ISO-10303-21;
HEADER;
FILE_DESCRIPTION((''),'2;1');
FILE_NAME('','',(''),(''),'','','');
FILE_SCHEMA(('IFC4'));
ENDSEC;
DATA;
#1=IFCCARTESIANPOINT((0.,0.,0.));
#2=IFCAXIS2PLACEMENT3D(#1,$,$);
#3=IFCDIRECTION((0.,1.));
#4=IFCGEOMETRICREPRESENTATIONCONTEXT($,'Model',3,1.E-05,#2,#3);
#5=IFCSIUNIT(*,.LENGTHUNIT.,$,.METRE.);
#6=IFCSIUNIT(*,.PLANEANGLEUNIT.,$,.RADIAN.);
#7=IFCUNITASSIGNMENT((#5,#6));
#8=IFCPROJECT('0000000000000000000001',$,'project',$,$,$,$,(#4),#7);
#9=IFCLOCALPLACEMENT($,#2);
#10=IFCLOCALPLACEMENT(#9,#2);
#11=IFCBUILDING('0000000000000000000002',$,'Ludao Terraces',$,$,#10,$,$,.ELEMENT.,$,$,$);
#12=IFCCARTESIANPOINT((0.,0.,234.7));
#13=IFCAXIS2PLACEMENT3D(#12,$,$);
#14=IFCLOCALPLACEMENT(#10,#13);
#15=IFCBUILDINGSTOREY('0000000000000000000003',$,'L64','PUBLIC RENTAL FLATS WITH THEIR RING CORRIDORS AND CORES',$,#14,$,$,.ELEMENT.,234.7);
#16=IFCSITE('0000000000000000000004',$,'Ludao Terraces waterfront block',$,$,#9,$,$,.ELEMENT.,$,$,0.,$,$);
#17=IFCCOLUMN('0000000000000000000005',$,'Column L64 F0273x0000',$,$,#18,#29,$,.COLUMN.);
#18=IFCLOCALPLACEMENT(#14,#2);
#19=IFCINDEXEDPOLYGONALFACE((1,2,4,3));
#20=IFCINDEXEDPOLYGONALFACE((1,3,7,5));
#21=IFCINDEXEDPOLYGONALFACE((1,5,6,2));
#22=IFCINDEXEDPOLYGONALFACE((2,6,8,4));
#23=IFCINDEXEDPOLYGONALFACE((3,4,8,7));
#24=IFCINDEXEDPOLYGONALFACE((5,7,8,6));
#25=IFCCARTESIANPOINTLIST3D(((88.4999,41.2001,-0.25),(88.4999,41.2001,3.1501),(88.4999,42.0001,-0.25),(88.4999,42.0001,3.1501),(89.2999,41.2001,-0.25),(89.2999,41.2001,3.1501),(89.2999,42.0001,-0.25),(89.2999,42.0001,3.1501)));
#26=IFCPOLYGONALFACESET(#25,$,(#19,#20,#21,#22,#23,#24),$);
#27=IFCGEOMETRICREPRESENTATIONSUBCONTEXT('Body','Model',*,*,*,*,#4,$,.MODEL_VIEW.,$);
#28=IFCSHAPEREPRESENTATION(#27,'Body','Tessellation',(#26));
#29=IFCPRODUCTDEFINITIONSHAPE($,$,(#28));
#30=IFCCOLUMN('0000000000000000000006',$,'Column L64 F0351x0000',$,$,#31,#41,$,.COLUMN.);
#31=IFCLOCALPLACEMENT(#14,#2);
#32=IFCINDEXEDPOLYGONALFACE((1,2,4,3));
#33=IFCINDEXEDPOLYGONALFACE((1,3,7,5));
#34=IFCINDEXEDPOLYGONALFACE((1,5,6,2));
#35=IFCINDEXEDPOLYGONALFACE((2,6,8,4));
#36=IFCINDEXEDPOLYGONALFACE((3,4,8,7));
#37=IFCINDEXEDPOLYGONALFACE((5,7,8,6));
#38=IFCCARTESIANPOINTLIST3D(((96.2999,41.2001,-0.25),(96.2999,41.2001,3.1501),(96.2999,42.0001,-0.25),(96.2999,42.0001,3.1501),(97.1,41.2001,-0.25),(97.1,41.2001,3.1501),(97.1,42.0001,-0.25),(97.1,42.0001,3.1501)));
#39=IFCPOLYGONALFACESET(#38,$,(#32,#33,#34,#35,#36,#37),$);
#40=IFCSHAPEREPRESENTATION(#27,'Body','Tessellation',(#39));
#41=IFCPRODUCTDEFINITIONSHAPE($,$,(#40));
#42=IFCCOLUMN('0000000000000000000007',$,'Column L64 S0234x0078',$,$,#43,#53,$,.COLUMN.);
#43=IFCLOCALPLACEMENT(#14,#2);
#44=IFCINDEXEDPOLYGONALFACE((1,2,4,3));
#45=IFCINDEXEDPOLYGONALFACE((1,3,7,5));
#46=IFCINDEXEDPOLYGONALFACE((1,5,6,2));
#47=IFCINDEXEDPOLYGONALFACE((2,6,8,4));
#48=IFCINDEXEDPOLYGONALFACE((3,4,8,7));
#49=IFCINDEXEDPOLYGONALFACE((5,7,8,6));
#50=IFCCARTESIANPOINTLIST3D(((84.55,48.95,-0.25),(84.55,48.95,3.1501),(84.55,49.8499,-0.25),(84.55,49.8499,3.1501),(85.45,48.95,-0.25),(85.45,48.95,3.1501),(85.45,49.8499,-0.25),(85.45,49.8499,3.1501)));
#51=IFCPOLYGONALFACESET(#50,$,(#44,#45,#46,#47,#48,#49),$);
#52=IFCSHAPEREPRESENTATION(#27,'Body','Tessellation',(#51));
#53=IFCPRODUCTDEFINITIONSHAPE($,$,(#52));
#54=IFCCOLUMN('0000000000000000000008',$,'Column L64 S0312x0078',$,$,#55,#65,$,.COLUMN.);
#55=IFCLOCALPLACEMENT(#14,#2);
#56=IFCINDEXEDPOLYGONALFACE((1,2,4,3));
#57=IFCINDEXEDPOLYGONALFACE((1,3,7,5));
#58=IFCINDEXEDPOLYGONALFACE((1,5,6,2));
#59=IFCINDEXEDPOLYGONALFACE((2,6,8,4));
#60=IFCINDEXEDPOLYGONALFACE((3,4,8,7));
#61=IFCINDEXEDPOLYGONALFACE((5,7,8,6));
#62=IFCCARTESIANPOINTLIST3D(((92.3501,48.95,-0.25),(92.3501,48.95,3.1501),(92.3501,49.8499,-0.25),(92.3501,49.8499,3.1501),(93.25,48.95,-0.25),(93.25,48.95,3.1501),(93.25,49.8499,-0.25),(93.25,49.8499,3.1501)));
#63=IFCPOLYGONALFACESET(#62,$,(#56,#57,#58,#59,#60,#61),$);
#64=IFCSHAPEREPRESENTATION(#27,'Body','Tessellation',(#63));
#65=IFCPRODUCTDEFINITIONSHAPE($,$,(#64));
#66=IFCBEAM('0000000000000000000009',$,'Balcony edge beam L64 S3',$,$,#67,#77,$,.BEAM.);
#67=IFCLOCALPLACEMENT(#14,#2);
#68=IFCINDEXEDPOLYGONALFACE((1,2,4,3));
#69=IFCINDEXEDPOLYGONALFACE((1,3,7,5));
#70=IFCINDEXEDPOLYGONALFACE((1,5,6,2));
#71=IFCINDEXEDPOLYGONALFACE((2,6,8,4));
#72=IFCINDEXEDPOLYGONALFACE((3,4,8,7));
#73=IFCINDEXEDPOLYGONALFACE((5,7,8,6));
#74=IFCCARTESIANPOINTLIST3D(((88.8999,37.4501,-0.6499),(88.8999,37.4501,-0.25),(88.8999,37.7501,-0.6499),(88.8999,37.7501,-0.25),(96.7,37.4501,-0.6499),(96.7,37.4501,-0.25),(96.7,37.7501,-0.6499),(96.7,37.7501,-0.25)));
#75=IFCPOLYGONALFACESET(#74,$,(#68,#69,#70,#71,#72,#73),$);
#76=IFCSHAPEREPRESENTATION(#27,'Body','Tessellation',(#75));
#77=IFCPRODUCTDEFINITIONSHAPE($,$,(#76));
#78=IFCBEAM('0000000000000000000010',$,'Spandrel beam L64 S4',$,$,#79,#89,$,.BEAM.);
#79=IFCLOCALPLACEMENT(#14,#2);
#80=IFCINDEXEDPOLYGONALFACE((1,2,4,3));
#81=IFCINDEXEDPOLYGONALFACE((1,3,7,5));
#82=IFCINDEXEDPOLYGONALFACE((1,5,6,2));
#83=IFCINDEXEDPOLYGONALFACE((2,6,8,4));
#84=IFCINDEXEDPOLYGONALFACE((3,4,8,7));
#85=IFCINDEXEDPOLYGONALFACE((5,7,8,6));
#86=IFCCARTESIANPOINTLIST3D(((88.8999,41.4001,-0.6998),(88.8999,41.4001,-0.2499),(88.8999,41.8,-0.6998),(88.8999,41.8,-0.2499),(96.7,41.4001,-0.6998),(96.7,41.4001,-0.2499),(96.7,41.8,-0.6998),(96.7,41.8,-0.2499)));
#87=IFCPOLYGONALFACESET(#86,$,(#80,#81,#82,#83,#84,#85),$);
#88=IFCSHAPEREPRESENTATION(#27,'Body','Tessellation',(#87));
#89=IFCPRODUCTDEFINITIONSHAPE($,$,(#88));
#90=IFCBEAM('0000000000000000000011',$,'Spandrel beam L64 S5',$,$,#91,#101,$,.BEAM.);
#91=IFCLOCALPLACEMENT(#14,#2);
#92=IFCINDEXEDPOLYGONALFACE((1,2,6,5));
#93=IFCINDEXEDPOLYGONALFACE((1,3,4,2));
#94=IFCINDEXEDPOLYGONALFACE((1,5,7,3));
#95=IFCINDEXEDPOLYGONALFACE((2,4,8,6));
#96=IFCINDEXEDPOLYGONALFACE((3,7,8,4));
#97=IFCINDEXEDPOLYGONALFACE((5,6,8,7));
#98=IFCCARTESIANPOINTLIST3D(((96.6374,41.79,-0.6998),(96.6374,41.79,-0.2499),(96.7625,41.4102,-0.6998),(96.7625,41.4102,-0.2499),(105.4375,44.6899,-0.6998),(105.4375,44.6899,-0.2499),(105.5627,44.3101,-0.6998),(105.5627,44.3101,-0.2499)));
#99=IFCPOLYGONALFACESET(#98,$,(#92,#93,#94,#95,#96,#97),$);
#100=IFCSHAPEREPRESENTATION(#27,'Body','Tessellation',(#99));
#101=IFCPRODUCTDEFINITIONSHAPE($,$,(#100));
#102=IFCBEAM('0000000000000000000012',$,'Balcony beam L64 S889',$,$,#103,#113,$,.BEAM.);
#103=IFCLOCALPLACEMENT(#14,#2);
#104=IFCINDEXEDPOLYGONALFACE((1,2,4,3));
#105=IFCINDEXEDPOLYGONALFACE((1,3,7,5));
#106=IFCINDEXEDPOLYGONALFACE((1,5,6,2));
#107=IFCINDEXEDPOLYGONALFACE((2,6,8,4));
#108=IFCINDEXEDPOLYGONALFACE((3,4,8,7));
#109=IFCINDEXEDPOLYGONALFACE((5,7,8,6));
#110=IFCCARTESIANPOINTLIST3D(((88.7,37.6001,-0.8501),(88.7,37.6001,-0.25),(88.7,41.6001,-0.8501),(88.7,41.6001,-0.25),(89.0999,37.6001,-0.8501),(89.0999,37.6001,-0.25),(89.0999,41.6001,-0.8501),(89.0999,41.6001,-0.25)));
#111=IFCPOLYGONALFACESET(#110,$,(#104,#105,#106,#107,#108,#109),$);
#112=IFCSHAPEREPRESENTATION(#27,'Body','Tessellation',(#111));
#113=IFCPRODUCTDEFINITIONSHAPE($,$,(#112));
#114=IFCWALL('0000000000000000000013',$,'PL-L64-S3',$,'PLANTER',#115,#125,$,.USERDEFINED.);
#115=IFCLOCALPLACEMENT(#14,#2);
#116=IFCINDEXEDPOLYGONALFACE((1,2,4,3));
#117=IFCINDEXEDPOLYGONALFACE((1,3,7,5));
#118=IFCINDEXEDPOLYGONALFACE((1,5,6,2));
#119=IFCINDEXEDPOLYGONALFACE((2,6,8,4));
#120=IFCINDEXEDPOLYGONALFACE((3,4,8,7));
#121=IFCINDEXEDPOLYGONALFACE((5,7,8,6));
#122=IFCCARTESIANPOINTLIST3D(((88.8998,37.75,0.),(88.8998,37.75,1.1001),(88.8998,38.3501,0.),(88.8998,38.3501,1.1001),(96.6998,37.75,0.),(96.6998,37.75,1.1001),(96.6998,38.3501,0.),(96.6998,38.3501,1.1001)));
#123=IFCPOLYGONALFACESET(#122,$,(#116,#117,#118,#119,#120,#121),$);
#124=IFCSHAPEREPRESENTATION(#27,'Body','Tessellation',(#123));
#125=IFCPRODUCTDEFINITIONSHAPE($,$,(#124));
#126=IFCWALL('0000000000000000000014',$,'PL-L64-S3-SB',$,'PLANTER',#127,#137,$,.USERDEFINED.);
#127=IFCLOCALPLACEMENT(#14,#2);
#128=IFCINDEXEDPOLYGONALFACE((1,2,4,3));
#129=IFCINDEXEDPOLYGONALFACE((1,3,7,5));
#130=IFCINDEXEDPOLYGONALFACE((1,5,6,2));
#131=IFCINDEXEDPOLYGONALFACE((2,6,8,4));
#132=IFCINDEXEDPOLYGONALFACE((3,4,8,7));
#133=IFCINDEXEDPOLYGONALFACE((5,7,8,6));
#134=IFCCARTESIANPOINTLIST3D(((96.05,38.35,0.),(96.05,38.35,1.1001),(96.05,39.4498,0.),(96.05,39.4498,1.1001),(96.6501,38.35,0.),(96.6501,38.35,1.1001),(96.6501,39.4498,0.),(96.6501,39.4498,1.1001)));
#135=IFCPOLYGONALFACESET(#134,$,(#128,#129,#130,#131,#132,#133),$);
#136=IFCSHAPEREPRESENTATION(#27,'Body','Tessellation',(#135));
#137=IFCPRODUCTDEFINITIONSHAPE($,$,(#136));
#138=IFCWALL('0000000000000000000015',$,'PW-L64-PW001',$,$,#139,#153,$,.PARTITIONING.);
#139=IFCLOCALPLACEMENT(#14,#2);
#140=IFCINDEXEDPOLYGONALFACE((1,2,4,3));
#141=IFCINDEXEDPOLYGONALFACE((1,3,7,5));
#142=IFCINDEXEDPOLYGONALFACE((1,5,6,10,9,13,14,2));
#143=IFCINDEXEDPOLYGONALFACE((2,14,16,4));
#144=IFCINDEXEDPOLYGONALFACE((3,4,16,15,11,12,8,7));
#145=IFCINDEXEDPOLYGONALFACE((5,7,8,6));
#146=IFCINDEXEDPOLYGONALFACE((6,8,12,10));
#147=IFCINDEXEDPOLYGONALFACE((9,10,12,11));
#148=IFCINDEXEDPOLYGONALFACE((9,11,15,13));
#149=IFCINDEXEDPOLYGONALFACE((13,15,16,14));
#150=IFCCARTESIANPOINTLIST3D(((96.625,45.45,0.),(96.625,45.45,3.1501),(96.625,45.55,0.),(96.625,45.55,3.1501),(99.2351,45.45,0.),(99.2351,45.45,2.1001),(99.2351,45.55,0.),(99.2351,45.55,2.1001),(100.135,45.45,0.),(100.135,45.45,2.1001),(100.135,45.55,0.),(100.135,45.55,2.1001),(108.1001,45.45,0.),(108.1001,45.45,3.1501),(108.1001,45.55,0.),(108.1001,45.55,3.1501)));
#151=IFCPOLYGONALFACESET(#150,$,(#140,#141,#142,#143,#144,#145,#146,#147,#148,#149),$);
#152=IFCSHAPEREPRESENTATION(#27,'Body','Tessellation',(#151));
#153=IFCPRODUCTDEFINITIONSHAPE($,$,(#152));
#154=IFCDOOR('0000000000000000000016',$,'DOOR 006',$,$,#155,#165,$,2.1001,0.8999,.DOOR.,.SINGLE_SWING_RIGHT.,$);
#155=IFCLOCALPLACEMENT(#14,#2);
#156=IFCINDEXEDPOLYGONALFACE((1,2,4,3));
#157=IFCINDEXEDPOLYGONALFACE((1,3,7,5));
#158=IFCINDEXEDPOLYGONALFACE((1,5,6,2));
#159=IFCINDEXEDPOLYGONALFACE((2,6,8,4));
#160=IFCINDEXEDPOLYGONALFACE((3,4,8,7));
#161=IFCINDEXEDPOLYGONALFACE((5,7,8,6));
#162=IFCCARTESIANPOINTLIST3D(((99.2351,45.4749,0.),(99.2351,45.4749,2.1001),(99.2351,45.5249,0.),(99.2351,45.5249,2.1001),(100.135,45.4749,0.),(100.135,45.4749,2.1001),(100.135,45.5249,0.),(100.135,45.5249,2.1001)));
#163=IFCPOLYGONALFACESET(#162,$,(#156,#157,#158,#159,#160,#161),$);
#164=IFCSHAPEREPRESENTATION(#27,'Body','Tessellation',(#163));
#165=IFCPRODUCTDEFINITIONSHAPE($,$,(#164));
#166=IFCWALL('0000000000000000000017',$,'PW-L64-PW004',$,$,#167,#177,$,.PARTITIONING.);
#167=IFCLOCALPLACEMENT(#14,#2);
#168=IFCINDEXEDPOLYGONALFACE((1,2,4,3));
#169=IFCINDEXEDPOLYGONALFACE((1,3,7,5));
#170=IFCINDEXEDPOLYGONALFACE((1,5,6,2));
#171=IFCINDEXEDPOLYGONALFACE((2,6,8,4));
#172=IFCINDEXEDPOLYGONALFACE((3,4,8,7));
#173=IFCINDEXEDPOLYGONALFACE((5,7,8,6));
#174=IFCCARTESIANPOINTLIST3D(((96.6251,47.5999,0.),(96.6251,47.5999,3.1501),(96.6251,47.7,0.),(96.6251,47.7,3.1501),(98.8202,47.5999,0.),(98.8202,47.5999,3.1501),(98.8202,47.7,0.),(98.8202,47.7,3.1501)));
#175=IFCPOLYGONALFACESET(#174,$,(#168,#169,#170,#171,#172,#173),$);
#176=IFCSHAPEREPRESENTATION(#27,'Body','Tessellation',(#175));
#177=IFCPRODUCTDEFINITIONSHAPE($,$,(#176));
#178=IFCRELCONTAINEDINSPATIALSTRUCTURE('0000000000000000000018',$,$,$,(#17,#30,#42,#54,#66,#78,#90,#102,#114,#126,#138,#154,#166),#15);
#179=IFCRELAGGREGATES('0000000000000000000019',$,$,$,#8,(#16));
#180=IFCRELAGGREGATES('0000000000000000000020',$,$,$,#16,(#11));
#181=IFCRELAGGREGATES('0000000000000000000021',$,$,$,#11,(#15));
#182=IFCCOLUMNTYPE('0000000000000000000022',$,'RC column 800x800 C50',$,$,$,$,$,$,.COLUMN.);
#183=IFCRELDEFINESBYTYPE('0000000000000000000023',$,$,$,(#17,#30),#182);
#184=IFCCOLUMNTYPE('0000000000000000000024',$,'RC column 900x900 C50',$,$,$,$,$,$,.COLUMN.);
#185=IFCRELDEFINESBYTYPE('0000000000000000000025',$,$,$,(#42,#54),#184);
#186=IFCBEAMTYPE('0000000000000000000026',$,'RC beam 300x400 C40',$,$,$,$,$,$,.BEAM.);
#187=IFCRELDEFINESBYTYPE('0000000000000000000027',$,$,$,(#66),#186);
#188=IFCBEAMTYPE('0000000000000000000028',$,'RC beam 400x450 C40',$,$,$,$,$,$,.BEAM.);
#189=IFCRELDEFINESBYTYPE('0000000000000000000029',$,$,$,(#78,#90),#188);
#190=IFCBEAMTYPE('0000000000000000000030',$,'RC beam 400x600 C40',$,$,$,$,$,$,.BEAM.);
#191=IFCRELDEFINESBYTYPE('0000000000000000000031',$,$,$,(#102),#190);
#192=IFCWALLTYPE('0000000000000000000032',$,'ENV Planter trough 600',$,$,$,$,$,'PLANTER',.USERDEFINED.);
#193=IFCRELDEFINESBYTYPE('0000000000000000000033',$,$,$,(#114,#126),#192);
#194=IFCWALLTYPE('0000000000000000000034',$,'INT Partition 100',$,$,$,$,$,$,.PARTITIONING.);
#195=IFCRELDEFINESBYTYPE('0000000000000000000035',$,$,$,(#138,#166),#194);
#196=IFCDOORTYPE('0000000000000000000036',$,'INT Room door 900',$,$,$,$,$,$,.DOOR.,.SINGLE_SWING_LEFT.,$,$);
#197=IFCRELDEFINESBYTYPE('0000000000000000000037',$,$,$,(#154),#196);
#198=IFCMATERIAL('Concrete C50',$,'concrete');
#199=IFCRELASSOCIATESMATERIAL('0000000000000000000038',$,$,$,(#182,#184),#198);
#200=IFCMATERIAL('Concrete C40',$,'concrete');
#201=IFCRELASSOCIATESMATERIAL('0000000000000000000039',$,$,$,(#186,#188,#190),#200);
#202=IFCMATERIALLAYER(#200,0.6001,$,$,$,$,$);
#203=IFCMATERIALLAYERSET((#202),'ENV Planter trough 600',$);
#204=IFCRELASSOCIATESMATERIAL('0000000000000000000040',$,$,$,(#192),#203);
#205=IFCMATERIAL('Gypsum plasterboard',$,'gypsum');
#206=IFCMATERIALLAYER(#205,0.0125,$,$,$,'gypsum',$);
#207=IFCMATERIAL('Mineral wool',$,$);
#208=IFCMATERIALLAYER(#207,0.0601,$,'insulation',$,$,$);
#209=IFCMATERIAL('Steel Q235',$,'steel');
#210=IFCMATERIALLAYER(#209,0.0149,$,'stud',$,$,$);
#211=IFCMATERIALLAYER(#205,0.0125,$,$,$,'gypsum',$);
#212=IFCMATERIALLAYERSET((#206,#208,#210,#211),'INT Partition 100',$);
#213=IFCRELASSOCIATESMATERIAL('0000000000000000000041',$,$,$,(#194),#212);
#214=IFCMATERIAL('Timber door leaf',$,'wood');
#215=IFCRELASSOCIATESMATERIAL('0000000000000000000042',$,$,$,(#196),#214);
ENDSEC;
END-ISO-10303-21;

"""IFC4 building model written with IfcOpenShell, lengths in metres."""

from ifc_helpers import new_model, si_unit, direction, frame, frame_2d, origin, origin_2d, place, context, subcontext, project, spatial, rectangle, extrude, material, layer, layer_set, material_profile, profile_set, type_object, element, fill, save


model = new_model("IFC4")

# Units and contexts
model_context = context("Model", 3, precision=1e-05, world=origin(), true_north=direction((0.0, 1.0)))
body_context = subcontext(model_context, "Body", "Model", "MODEL_VIEW")
ifc_project = project(units=[si_unit("LENGTHUNIT", "METRE"), si_unit("PLANEANGLEUNIT", "RADIAN")], contexts=[model_context])

# Site, building, storey
site_placement = place(None, origin())
site = spatial("IfcSite", under=ifc_project, at=site_placement, Name="Ludao Terraces waterfront block", CompositionType="ELEMENT", RefElevation=0.0)
building_placement = place(site_placement, origin())
building = spatial("IfcBuilding", under=site, at=building_placement, Name="Ludao Terraces", CompositionType="ELEMENT")
storey_placement = place(building_placement, frame((0.0, 0.0, 234.7)))
storey = spatial("IfcBuildingStorey", under=building, at=storey_placement, Name="L64", Description="PUBLIC RENTAL FLATS WITH THEIR RING CORRIDORS AND CORES", CompositionType="ELEMENT", Elevation=234.7)

# Columns
ifc_material_1 = material(Name="Concrete C50", Category="concrete")
ifc_material_profile_1 = material_profile(ifc_material_1, rectangle(XDim=0.8, YDim=0.8, at=origin_2d()), Name="800 X 800")
ifc_profile_set_1 = profile_set([ifc_material_profile_1], Name="Concrete C50")
column_type_1 = type_object("IfcColumnType", Name="RC column 800x800 C50", PredefinedType="COLUMN", material=ifc_profile_set_1)
for number, where, z_axis, x_axis, name in (
    (1, (88.8999, 41.6001, -0.25), (0.0, 0.0, 1.0), (1.0, 0.0, 0.0), "Column L64 F0273x0000"),
    (2, (96.7, 41.6001, -0.25), (0.0, 0.0, 1.0), (1.0, 0.0, 0.0), "Column L64 F0351x0000"),
):
    element("IfcColumn", number, at=place(storey_placement, frame(where, z_axis=z_axis, x_axis=x_axis)), inside=storey, type_object=column_type_1, Name=name, PredefinedType="COLUMN", context=body_context, shape_type="SweptSolid", body=[
        extrude(rectangle(XDim=0.8, YDim=0.8, at=origin_2d()), origin(), (0.0, 0.0, 1.0), 3.4001),
    ])
ifc_material_profile_2 = material_profile(ifc_material_1, rectangle(XDim=0.8999, YDim=0.8999, at=origin_2d()), Name="900 X 900")
ifc_profile_set_2 = profile_set([ifc_material_profile_2], Name="Concrete C50")
column_type_2 = type_object("IfcColumnType", Name="RC column 900x900 C50", PredefinedType="COLUMN", material=ifc_profile_set_2)
for number, where, z_axis, x_axis, name in (
    (3, (85.0, 49.3999, -0.25), (0.0, 0.0, 1.0), (1.0, 0.0, 0.0), "Column L64 S0234x0078"),
    (4, (92.8, 49.3999, -0.25), (0.0, 0.0, 1.0), (1.0, 0.0, 0.0), "Column L64 S0312x0078"),
):
    element("IfcColumn", number, at=place(storey_placement, frame(where, z_axis=z_axis, x_axis=x_axis)), inside=storey, type_object=column_type_2, Name=name, PredefinedType="COLUMN", context=body_context, shape_type="SweptSolid", body=[
        extrude(rectangle(XDim=0.8999, YDim=0.8999, at=origin_2d()), origin(), (0.0, 0.0, 1.0), 3.4001),
    ])

# Beams
ifc_material_2 = material(Name="Concrete C40", Category="concrete")
ifc_material_profile_3 = material_profile(ifc_material_2, rectangle(XDim=0.3, YDim=0.3999, at=origin_2d()), Name="300 X 400")
ifc_profile_set_3 = profile_set([ifc_material_profile_3], Name="Concrete C40")
beam_type_1 = type_object("IfcBeamType", Name="RC beam 300x400 C40", PredefinedType="BEAM", material=ifc_profile_set_3)
beam_1_placement = place(storey_placement, frame((88.8999, 37.6001, -0.45), z_axis=(1.0, 0.0, 0.0), x_axis=(0.0, 1.0, 0.0)))
element("IfcBeam", 5, at=beam_1_placement, inside=storey, type_object=beam_type_1, Name="Balcony edge beam L64 S3", PredefinedType="BEAM", context=body_context, shape_type="SweptSolid", body=[
    extrude(rectangle(XDim=0.3, YDim=0.3999, at=origin_2d()), origin(), (0.0, 0.0, 1.0), 7.8),
])
ifc_material_profile_4 = material_profile(ifc_material_2, rectangle(XDim=0.3999, YDim=0.45, at=origin_2d()), Name="400 X 450")
ifc_profile_set_4 = profile_set([ifc_material_profile_4], Name="Concrete C40")
beam_type_2 = type_object("IfcBeamType", Name="RC beam 400x450 C40", PredefinedType="BEAM", material=ifc_profile_set_4)
beam_2_placement = place(storey_placement, frame((88.8999, 41.6001, -0.4749), z_axis=(1.0, 0.0, 0.0), x_axis=(0.0, 1.0, 0.0)))
element("IfcBeam", 6, at=beam_2_placement, inside=storey, type_object=beam_type_2, Name="Spandrel beam L64 S4", PredefinedType="BEAM", context=body_context, shape_type="SweptSolid", body=[
    extrude(rectangle(XDim=0.3999, YDim=0.45, at=origin_2d()), origin(), (0.0, 0.0, 1.0), 7.8),
])
beam_3_placement = place(storey_placement, frame((96.7, 41.6001, -0.4749), z_axis=(0.949761, 0.312977, 0.0), x_axis=(-0.312977, 0.949761, 0.0)))
element("IfcBeam", 7, at=beam_3_placement, inside=storey, type_object=beam_type_2, Name="Spandrel beam L64 S5", PredefinedType="BEAM", context=body_context, shape_type="SweptSolid", body=[
    extrude(rectangle(XDim=0.3999, YDim=0.45, at=origin_2d()), origin(), (0.0, 0.0, 1.0), 9.2656),
])
ifc_material_profile_5 = material_profile(ifc_material_2, rectangle(XDim=0.3999, YDim=0.6001, at=origin_2d()), Name="400 X 600")
ifc_profile_set_5 = profile_set([ifc_material_profile_5], Name="Concrete C40")
beam_type_3 = type_object("IfcBeamType", Name="RC beam 400x600 C40", PredefinedType="BEAM", material=ifc_profile_set_5)
beam_4_placement = place(storey_placement, frame((88.8999, 41.6001, -0.55), z_axis=(0.0, -1.0, 0.0), x_axis=(1.0, 0.0, 0.0)))
element("IfcBeam", 8, at=beam_4_placement, inside=storey, type_object=beam_type_3, Name="Balcony beam L64 S889", PredefinedType="BEAM", context=body_context, shape_type="SweptSolid", body=[
    extrude(rectangle(XDim=0.3999, YDim=0.6001, at=origin_2d()), origin(), (0.0, 0.0, 1.0), 4.0),
])

# Walls
ifc_layer_1 = layer(ifc_material_2, 0.6001)
ifc_layer_set_1 = layer_set([ifc_layer_1], Name="ENV Planter trough 600")
wall_type_1 = type_object("IfcWallType", Name="ENV Planter trough 600", ElementType="PLANTER", PredefinedType="USERDEFINED", material=ifc_layer_set_1)
wall_1_placement = place(storey_placement, frame((88.8999, 38.05, 0.0), z_axis=(0.0, 0.0, 1.0), x_axis=(1.0, 0.0, 0.0)))
element("IfcWall", 9, at=wall_1_placement, inside=storey, type_object=wall_type_1, Name="PL-L64-S3", ObjectType="PLANTER", PredefinedType="USERDEFINED", context=body_context, shape_type="SweptSolid", body=[
    extrude(rectangle(XDim=7.8, YDim=0.6001, at=frame_2d((3.8999, 0.0))), origin(), (0.0, 0.0, 1.0), 1.1001),
])
wall_2_placement = place(storey_placement, frame((96.3501, 38.3501, 0.0), z_axis=(0.0, 0.0, 1.0), x_axis=(0.0, 1.0, 0.0)))
element("IfcWall", 10, at=wall_2_placement, inside=storey, type_object=wall_type_1, Name="PL-L64-S3-SB", ObjectType="PLANTER", PredefinedType="USERDEFINED", context=body_context, shape_type="SweptSolid", body=[
    extrude(rectangle(XDim=1.0999, YDim=0.6001, at=frame_2d((0.5498, 0.0))), origin(), (0.0, 0.0, 1.0), 1.1001),
])

# Shared definitions
ifc_material_3 = material(Name="Mineral wool")

# Wall, opening, door
ifc_material_4 = material(Name="Gypsum plasterboard", Category="gypsum")
ifc_layer_2 = layer(ifc_material_4, 0.0125, Category="gypsum")
ifc_layer_3 = layer(ifc_material_3, 0.0601, Name="insulation")
ifc_material_5 = material(Name="Steel Q235", Category="steel")
ifc_layer_4 = layer(ifc_material_5, 0.0149, Name="stud")
ifc_layer_5 = layer(ifc_material_4, 0.0125, Category="gypsum")
ifc_layer_set_2 = layer_set([ifc_layer_2, ifc_layer_3, ifc_layer_4, ifc_layer_5], Name="INT Partition 100")
wall_type_2 = type_object("IfcWallType", Name="INT Partition 100", PredefinedType="PARTITIONING", material=ifc_layer_set_2)
wall_3_placement = place(storey_placement, frame((96.625, 45.5, 0.0), z_axis=(0.0, 0.0, 1.0), x_axis=(1.0, 0.0, 0.0)))
wall_3 = element("IfcWall", 11, at=wall_3_placement, inside=storey, type_object=wall_type_2, Name="PW-L64-PW001", PredefinedType="PARTITIONING", context=body_context, shape_type="SweptSolid", body=[
    extrude(rectangle(XDim=11.4751, YDim=0.1001, at=frame_2d((5.7375, 0.0))), origin(), (0.0, 0.0, 1.0), 3.1501),
])
opening_1_placement = place(wall_3_placement, frame((2.6101, 0.0, 0.0)))
opening_1 = element("IfcOpeningElement", 12, at=opening_1_placement, cuts=wall_3, PredefinedType="OPENING", context=body_context, shape_type="SweptSolid", body=[
    extrude(rectangle(XDim=0.8999, YDim=2.1001, at=frame_2d((0.45, 1.05))), frame((0.0, 0.0601, 0.0), z_axis=(0.0, -1.0, 0.0), x_axis=(1.0, 0.0, 0.0)), (0.0, 0.0, 1.0), 0.1201),
])
ifc_material_6 = material(Name="Timber door leaf", Category="wood")
door_type_1 = type_object("IfcDoorType", Name="INT Room door 900", OperationType="SINGLE_SWING_LEFT", PredefinedType="DOOR", material=ifc_material_6)
door_1_placement = place(opening_1_placement, origin())
door_1 = element("IfcDoor", 13, at=door_1_placement, inside=storey, type_object=door_type_1, Name="DOOR 006", OperationType="SINGLE_SWING_RIGHT", OverallHeight=2.1001, OverallWidth=0.8999, PredefinedType="DOOR", context=body_context, shape_type="SweptSolid", body=[
    extrude(rectangle(XDim=0.8999, YDim=2.1001, at=frame_2d((0.45, 1.05))), frame((0.0, 0.0249, 0.0), z_axis=(0.0, -1.0, 0.0), x_axis=(1.0, 0.0, 0.0)), (0.0, 0.0, 1.0), 0.05),
])
fill(opening_1, door_1)

# Wall
wall_4_placement = place(storey_placement, frame((96.625, 47.6499, 0.0), z_axis=(0.0, 0.0, 1.0), x_axis=(1.0, 0.0, 0.0)))
element("IfcWall", 14, at=wall_4_placement, inside=storey, type_object=wall_type_2, Name="PW-L64-PW004", PredefinedType="PARTITIONING", context=body_context, shape_type="SweptSolid", body=[
    extrude(rectangle(XDim=2.1951, YDim=0.1001, at=frame_2d((1.0977, 0.0))), origin(), (0.0, 0.0, 1.0), 3.1501),
])

save(model, "model.ifc")
